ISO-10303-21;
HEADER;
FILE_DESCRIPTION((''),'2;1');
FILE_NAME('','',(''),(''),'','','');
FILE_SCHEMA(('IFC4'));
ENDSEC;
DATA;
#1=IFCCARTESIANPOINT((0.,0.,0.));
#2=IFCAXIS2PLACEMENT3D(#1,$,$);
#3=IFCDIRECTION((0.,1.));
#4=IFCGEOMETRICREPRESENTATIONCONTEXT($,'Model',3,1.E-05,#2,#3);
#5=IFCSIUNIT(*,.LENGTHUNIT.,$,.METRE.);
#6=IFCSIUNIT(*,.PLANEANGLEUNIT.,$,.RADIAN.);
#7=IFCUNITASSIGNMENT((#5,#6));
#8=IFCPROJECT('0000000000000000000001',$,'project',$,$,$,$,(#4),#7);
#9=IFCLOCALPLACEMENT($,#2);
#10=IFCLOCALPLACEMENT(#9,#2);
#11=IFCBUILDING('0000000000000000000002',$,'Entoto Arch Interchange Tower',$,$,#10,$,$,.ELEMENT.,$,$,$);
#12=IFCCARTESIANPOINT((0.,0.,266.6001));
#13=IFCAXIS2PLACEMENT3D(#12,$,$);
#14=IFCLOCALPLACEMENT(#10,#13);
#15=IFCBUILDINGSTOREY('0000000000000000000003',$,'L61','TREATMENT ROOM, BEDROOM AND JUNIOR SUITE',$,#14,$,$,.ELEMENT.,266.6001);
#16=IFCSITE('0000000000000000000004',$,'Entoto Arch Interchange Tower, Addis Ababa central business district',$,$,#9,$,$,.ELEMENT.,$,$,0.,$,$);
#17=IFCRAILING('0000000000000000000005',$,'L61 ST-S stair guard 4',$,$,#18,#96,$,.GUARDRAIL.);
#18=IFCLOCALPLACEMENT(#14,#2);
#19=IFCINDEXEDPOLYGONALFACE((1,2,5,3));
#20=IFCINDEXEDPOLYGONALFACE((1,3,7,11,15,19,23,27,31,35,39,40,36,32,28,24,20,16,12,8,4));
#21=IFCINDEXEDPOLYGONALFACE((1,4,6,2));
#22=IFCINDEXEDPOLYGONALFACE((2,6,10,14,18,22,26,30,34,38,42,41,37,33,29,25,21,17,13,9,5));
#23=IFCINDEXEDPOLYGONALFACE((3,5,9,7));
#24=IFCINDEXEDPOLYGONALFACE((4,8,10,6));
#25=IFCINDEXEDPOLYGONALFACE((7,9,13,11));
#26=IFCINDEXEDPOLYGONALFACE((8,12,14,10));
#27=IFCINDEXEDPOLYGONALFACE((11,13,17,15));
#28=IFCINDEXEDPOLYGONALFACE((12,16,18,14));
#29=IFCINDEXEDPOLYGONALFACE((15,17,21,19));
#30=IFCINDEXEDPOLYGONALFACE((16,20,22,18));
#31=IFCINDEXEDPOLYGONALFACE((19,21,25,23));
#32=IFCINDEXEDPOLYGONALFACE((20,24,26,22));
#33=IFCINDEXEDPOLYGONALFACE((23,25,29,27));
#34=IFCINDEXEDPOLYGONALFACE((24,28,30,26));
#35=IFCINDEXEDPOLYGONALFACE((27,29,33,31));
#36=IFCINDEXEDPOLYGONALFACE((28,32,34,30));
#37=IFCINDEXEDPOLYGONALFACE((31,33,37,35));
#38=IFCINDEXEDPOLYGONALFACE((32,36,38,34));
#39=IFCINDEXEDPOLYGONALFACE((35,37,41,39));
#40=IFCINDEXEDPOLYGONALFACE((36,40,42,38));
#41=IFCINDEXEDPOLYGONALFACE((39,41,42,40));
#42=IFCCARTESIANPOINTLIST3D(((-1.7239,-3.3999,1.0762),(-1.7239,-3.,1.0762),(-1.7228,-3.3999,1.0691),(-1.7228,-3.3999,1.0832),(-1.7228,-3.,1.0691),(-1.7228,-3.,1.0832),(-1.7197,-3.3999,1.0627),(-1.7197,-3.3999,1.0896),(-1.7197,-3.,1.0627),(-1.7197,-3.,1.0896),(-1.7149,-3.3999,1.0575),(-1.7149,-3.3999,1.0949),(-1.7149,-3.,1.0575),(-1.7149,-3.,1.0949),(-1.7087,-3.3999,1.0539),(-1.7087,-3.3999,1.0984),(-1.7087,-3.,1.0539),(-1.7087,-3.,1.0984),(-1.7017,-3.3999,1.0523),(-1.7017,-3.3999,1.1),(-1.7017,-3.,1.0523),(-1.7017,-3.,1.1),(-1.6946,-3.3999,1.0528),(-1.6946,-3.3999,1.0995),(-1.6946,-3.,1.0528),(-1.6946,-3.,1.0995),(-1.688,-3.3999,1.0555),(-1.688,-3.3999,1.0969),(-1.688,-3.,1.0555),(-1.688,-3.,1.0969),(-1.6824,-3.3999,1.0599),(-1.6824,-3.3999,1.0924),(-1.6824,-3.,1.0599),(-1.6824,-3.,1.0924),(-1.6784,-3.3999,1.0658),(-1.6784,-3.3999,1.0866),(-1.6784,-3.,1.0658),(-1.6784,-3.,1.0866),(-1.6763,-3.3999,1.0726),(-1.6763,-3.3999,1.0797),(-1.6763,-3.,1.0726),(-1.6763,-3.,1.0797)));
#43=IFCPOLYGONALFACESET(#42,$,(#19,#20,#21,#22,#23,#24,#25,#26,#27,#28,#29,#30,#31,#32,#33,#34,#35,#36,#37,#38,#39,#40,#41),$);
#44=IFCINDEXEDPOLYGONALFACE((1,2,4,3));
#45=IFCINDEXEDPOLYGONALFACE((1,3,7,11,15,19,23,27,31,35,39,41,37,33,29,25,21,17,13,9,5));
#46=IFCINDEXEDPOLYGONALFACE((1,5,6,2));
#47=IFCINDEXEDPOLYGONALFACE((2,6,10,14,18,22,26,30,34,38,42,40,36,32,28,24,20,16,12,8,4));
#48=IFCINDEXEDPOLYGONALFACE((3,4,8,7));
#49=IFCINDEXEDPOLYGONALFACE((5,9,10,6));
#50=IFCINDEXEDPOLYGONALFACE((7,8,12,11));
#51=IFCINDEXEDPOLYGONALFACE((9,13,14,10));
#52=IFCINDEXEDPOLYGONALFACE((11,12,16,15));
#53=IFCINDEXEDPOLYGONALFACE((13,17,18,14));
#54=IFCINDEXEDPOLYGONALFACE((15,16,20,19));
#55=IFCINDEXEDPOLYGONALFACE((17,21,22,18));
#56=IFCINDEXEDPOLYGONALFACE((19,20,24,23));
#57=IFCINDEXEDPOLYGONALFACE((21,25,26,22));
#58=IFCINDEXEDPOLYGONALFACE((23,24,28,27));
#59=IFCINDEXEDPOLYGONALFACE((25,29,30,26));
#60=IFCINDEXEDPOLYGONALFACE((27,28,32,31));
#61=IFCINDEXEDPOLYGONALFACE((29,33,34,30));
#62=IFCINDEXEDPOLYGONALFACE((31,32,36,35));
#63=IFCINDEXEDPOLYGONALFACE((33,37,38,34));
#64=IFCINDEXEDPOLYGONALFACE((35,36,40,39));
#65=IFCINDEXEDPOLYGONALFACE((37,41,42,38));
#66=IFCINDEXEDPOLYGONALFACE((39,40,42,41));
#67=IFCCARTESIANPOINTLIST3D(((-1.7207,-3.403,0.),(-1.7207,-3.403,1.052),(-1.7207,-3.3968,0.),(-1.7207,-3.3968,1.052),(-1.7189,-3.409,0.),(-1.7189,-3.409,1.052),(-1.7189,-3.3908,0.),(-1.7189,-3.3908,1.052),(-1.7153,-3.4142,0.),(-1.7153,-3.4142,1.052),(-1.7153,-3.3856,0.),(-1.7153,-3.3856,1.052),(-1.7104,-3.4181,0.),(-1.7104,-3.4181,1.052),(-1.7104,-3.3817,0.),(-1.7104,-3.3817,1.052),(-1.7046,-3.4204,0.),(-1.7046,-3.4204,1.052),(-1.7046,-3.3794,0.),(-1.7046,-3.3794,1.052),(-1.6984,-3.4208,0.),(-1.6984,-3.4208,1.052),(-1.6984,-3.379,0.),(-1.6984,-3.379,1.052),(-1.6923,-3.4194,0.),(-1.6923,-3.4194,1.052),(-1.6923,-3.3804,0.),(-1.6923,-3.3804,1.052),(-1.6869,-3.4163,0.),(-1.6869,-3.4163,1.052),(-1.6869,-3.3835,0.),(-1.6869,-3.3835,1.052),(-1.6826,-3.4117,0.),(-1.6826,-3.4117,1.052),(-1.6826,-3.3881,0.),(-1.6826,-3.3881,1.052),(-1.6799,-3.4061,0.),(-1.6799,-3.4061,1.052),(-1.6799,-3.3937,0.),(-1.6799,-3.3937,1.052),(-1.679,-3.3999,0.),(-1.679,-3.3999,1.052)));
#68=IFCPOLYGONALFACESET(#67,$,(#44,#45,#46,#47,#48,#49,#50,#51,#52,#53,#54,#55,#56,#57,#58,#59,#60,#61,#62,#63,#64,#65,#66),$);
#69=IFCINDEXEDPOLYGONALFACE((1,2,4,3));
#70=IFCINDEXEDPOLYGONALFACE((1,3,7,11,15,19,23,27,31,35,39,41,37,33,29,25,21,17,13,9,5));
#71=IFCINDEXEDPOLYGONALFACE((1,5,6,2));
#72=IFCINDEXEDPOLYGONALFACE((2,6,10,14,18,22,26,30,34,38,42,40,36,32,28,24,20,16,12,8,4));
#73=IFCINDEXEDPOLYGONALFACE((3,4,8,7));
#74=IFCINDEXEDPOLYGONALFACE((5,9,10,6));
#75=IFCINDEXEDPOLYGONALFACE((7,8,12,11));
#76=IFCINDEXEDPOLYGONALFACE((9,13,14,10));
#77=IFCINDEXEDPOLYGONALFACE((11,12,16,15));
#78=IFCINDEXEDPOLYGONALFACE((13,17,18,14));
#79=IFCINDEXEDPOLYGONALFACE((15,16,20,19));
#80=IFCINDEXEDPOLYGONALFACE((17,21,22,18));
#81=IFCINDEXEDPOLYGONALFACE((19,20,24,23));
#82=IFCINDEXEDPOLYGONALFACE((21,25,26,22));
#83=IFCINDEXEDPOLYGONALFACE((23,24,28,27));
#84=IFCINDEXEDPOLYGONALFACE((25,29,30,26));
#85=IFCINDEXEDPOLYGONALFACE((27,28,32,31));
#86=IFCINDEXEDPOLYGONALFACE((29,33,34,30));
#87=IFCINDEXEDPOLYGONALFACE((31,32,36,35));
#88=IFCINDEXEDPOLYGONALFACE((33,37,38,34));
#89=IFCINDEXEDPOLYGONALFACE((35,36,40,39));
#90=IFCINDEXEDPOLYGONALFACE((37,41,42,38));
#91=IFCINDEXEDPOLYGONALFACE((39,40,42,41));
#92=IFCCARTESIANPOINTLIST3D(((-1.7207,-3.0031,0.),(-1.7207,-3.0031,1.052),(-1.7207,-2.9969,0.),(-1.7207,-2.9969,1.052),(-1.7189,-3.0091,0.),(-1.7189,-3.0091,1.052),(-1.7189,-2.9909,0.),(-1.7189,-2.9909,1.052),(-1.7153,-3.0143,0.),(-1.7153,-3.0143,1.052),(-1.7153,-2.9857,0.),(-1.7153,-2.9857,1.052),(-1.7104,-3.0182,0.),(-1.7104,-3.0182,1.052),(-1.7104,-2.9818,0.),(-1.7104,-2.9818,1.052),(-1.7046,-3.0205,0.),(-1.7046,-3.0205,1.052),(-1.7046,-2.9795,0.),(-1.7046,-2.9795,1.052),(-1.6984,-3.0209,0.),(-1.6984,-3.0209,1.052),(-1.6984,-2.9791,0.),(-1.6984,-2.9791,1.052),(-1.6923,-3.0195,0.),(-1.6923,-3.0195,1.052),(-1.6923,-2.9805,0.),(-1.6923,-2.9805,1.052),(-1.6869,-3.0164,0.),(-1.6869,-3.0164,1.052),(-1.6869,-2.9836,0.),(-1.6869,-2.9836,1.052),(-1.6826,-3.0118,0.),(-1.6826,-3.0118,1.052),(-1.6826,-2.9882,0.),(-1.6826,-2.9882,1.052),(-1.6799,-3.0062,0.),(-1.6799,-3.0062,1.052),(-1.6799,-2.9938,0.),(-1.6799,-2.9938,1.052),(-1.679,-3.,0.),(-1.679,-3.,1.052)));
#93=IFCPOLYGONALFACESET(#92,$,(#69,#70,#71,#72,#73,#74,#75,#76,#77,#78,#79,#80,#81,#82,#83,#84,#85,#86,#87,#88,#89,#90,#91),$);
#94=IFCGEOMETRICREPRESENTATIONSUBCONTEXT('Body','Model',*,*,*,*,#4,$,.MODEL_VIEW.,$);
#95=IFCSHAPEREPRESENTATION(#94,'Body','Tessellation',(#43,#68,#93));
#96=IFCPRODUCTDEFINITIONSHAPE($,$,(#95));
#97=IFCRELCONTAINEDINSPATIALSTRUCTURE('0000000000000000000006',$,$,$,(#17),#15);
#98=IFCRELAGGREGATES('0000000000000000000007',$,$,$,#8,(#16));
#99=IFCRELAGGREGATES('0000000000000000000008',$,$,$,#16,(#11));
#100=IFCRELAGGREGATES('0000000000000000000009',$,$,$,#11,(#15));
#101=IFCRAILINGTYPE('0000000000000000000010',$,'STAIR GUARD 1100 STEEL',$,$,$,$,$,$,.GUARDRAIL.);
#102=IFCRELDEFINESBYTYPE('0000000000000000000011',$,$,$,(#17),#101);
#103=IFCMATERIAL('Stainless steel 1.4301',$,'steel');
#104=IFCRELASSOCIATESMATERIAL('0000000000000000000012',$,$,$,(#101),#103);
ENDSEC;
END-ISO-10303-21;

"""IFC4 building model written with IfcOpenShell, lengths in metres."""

from ifc_helpers import new_model, si_unit, direction, frame, origin, origin_2d, place, context, subcontext, project, spatial, circle, extrude, material, type_object, element, save


model = new_model("IFC4")

# Units and contexts
model_context = context("Model", 3, precision=1e-05, world=origin(), true_north=direction((0.0, 1.0)))
body_context = subcontext(model_context, "Body", "Model", "MODEL_VIEW")
ifc_project = project(units=[si_unit("LENGTHUNIT", "METRE"), si_unit("PLANEANGLEUNIT", "RADIAN")], contexts=[model_context])

# Site, building, storey
site_placement = place(None, origin())
site = spatial("IfcSite", under=ifc_project, at=site_placement, Name="Entoto Arch Interchange Tower, Addis Ababa central business district", CompositionType="ELEMENT", RefElevation=0.0)
building_placement = place(site_placement, origin())
building = spatial("IfcBuilding", under=site, at=building_placement, Name="Entoto Arch Interchange Tower", CompositionType="ELEMENT")
storey_placement = place(building_placement, frame((0.0, 0.0, 266.6001)))
storey = spatial("IfcBuildingStorey", under=building, at=storey_placement, Name="L61", Description="TREATMENT ROOM, BEDROOM AND JUNIOR SUITE", CompositionType="ELEMENT", Elevation=266.6001)

# Railing
ifc_material_1 = material(Name="Stainless steel 1.4301", Category="steel")
railing_type = type_object("IfcRailingType", Name="STAIR GUARD 1100 STEEL", PredefinedType="GUARDRAIL", material=ifc_material_1)
railing_1_placement = place(storey_placement, frame((-1.7, -3.3999, 0.0)))
element("IfcRailing", 1, at=railing_1_placement, inside=storey, type_object=railing_type, Name="L61 ST-S stair guard 4", PredefinedType="GUARDRAIL", context=body_context, shape_type="SweptSolid", body=[
    extrude(circle(Radius=0.0239, at=origin_2d()), frame((0.0, 0.0, 1.0762), z_axis=(0.0, 1.0, 0.0), x_axis=(-1.0, 0.0, 0.0)), (0.0, 0.0, 1.0), 0.3999),
    extrude(circle(Radius=0.021, at=origin_2d()), origin(), (0.0, 0.0, 1.0), 1.052),
    extrude(circle(Radius=0.021, at=origin_2d()), frame((0.0, 0.3999, 0.0)), (0.0, 0.0, 1.0), 1.052),
])

save(model, "model.ifc")
